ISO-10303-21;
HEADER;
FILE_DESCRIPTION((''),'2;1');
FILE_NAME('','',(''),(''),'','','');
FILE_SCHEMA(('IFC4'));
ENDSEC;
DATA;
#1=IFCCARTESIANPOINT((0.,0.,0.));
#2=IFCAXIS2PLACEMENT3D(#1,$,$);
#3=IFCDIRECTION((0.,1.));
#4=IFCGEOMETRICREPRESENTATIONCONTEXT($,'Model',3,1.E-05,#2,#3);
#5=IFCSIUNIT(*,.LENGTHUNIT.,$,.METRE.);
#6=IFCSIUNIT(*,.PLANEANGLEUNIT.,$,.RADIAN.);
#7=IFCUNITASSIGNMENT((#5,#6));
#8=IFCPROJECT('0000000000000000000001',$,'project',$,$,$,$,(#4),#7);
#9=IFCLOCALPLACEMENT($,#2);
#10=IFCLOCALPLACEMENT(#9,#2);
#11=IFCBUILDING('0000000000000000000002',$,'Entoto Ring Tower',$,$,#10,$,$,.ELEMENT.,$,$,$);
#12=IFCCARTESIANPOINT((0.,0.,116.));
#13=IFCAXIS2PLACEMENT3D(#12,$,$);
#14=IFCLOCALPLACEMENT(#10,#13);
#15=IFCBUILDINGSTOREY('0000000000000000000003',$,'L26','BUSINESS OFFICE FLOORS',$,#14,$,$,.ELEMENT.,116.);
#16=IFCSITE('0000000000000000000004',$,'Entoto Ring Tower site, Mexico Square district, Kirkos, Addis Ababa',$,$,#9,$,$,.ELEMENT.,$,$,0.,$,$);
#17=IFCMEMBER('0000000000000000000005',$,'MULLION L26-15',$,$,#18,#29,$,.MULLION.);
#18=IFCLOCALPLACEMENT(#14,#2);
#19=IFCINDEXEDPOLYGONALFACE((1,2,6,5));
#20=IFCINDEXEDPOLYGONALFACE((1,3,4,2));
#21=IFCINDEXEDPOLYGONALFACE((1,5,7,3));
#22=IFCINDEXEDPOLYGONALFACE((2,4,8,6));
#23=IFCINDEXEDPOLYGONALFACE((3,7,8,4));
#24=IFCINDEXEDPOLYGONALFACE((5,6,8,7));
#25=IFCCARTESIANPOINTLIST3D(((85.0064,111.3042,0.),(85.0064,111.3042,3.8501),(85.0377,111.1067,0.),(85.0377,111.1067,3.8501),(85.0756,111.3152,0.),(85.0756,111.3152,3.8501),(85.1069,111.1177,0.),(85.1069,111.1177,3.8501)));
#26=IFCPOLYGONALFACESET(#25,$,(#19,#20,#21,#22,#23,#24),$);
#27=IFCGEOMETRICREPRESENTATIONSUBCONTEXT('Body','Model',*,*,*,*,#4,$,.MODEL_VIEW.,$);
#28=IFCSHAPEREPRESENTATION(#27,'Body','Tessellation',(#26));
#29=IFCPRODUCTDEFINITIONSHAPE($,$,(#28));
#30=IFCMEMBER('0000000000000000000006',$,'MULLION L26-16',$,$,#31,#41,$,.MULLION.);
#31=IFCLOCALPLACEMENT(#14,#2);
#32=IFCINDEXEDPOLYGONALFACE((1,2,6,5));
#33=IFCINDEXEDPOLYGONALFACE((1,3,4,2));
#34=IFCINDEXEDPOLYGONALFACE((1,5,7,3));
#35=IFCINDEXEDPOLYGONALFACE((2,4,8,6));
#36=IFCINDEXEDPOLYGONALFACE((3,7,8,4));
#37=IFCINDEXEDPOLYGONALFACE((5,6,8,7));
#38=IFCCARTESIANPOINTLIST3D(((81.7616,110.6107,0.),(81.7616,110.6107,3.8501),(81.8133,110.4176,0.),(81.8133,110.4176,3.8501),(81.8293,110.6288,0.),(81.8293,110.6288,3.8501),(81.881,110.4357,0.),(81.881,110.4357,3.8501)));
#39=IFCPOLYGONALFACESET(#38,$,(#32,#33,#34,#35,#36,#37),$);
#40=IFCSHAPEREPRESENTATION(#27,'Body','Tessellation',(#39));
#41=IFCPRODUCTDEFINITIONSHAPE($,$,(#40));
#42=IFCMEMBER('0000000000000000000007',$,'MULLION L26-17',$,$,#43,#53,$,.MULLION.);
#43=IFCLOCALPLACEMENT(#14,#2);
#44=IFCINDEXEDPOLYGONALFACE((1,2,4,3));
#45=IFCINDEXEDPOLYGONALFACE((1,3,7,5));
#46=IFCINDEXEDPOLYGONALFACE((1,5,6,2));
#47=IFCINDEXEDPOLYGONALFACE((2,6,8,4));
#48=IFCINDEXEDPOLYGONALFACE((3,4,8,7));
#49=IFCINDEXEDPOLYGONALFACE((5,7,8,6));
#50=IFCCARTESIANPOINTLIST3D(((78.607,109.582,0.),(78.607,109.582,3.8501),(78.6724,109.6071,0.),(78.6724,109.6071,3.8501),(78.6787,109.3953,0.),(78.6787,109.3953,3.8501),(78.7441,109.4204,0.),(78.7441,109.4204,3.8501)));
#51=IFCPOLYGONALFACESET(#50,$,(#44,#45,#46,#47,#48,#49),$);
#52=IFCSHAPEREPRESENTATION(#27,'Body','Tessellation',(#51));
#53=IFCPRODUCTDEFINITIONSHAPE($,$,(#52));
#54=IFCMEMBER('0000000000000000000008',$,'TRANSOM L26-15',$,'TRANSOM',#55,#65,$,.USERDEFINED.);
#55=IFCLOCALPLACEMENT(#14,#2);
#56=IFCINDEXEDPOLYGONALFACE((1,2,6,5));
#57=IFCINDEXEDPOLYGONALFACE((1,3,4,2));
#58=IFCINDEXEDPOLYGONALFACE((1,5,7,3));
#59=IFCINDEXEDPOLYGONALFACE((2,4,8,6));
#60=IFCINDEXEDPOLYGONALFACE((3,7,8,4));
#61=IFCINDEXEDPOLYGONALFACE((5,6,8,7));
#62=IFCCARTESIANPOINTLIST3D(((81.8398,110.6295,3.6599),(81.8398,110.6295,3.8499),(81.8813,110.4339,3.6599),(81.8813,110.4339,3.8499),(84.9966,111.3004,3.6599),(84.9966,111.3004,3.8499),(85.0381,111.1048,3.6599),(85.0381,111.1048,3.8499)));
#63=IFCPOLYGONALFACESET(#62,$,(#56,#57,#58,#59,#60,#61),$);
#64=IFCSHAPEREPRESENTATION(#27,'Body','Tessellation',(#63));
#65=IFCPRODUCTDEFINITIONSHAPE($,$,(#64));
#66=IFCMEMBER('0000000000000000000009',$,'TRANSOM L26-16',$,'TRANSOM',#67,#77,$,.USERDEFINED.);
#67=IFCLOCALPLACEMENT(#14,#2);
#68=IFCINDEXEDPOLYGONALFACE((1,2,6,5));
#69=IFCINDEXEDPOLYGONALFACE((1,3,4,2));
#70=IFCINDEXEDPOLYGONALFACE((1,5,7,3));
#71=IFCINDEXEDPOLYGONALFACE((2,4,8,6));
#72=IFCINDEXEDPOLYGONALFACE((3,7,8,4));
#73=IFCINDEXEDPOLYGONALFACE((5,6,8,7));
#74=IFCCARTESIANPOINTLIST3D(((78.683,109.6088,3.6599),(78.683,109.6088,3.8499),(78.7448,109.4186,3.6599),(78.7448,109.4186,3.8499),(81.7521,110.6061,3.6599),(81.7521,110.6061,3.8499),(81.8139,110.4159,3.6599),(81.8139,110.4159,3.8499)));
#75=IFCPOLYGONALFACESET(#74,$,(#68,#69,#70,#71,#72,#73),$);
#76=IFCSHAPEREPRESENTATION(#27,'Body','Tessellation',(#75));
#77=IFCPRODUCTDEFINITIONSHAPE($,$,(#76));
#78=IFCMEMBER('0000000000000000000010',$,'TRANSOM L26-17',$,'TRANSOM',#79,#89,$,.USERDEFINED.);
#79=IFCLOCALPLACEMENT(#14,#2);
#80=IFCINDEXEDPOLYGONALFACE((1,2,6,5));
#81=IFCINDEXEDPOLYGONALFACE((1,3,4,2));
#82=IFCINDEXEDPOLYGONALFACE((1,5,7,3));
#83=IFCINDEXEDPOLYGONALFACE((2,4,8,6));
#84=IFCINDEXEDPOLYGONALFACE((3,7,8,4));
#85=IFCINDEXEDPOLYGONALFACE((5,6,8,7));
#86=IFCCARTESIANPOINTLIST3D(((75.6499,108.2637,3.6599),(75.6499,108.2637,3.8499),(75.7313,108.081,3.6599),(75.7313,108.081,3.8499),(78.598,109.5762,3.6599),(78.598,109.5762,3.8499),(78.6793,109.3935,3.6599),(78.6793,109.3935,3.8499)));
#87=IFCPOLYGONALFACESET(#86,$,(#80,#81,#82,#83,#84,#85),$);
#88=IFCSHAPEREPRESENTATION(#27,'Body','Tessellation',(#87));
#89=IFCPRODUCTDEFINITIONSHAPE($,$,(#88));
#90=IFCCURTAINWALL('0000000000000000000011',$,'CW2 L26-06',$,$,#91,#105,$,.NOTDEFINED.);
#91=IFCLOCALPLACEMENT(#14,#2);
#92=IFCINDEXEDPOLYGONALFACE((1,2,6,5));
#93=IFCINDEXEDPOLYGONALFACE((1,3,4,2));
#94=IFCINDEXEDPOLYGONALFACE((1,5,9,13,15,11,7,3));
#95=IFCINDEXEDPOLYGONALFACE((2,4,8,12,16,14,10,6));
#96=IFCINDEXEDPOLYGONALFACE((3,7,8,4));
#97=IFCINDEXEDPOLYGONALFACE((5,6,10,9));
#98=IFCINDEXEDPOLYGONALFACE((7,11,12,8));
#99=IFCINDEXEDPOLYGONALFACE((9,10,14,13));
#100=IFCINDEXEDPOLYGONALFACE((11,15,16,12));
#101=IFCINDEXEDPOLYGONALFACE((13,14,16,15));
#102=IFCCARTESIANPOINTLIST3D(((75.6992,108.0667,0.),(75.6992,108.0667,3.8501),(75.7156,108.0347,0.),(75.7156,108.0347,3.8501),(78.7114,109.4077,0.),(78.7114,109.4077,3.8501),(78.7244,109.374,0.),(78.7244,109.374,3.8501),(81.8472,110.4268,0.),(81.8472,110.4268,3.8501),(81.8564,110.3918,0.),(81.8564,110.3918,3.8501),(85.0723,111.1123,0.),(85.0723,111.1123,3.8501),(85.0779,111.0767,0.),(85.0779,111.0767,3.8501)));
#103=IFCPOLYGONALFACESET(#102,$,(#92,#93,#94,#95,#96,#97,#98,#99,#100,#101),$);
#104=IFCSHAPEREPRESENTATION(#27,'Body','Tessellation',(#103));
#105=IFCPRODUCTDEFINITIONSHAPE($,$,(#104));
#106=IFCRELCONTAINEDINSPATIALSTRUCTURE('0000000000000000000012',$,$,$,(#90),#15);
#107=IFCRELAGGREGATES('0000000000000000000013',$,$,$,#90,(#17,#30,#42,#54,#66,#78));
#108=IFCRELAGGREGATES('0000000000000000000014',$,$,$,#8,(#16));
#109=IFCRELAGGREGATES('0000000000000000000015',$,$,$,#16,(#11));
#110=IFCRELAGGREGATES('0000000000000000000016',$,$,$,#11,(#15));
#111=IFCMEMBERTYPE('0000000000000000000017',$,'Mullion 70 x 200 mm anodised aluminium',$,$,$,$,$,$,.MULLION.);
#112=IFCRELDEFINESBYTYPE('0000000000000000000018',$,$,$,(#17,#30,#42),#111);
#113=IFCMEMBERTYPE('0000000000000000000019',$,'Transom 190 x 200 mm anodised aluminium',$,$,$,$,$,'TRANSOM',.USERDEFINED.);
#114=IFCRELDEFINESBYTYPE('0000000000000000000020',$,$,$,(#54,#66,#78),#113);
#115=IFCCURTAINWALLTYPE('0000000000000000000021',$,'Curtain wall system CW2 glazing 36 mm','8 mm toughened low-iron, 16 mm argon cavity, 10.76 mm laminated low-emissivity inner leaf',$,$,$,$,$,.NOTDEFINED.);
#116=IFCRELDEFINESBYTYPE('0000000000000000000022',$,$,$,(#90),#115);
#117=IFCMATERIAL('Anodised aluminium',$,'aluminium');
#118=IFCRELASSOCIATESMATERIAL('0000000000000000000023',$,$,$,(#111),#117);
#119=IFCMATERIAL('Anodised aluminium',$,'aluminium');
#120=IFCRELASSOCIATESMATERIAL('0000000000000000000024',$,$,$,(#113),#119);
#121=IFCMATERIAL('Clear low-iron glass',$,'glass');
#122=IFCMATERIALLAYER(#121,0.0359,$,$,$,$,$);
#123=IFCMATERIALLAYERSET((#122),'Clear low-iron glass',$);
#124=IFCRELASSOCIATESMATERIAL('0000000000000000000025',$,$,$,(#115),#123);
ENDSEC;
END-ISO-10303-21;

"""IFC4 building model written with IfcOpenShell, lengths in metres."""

from ifc_helpers import new_model, si_unit, direction, frame, origin, origin_2d, place, context, subcontext, project, spatial, polyline, rectangle, outline, extrude, material, layer, layer_set, material_profile, profile_set, type_object, element, aggregate, save


model = new_model("IFC4")

# Units and contexts
model_context = context("Model", 3, precision=1e-05, world=origin(), true_north=direction((0.0, 1.0)))
body_context = subcontext(model_context, "Body", "Model", "MODEL_VIEW")
ifc_project = project(units=[si_unit("LENGTHUNIT", "METRE"), si_unit("PLANEANGLEUNIT", "RADIAN")], contexts=[model_context])

# Members
ifc_material_1 = material(Name="Anodised aluminium", Category="aluminium")
ifc_material_profile_1 = material_profile(ifc_material_1, rectangle(XDim=0.0701, YDim=0.2, at=origin_2d()), Name="Mullion 70 x 200 mm anodised aluminium")
ifc_profile_set_1 = profile_set([ifc_material_profile_1], Name="Anodised aluminium")
member_type_1 = type_object("IfcMemberType", Name="Mullion 70 x 200 mm anodised aluminium", PredefinedType="MULLION", material=ifc_profile_set_1)
site_placement = place(None, origin())
building_placement = place(site_placement, origin())
storey_placement = place(building_placement, frame((0.0, 0.0, 116.0)))
member_1_placement = place(storey_placement, frame((85.0566, 111.2109, 0.0), z_axis=(0.0, 0.0, 1.0), x_axis=(-0.987688, -0.156434, 0.0)))
member_1 = element("IfcMember", 1, at=member_1_placement, type_object=member_type_1, Name="MULLION L26-15", PredefinedType="MULLION", context=body_context, shape_type="SweptSolid", body=[
    extrude(rectangle(XDim=0.0701, YDim=0.2, at=origin_2d()), origin(), (0.0, 0.0, 1.0), 3.8501),
])
member_2_placement = place(storey_placement, frame((81.8213, 110.5232, 0.0), z_axis=(0.0, 0.0, 1.0), x_axis=(-0.965926, -0.258819, 0.0)))
member_2 = element("IfcMember", 2, at=member_2_placement, type_object=member_type_1, Name="MULLION L26-16", PredefinedType="MULLION", context=body_context, shape_type="SweptSolid", body=[
    extrude(rectangle(XDim=0.0701, YDim=0.2, at=origin_2d()), origin(), (0.0, 0.0, 1.0), 3.8501),
])
member_3_placement = place(storey_placement, frame((78.6755, 109.5012, 0.0), z_axis=(0.0, 0.0, 1.0), x_axis=(-0.93358, -0.358368, 0.0)))
member_3 = element("IfcMember", 3, at=member_3_placement, type_object=member_type_1, Name="MULLION L26-17", PredefinedType="MULLION", context=body_context, shape_type="SweptSolid", body=[
    extrude(rectangle(XDim=0.0701, YDim=0.2, at=origin_2d()), origin(), (0.0, 0.0, 1.0), 3.8501),
])
ifc_material_2 = material(Name="Anodised aluminium", Category="aluminium")
ifc_material_profile_2 = material_profile(ifc_material_2, rectangle(XDim=0.2, YDim=0.1899, at=origin_2d()), Name="Transom 190 x 200 mm anodised aluminium")
ifc_profile_set_2 = profile_set([ifc_material_profile_2], Name="Anodised aluminium")
member_type_2 = type_object("IfcMemberType", Name="Transom 190 x 200 mm anodised aluminium", ElementType="TRANSOM", PredefinedType="USERDEFINED", material=ifc_profile_set_2)
member_4_placement = place(storey_placement, frame((85.0173, 111.2026, 3.7549), z_axis=(-0.978153, -0.207886, 0.0), x_axis=(0.207886, -0.978153, 0.0)))
member_4 = element("IfcMember", 4, at=member_4_placement, type_object=member_type_2, Name="TRANSOM L26-15", ObjectType="TRANSOM", PredefinedType="USERDEFINED", context=body_context, shape_type="SweptSolid", body=[
    extrude(rectangle(XDim=0.2, YDim=0.1899, at=origin_2d()), origin(), (0.0, 0.0, 1.0), 3.2273),
])
member_5_placement = place(storey_placement, frame((81.783, 110.511, 3.7549), z_axis=(-0.951047, -0.309047, 0.0), x_axis=(0.309047, -0.951047, 0.0)))
member_5 = element("IfcMember", 5, at=member_5_placement, type_object=member_type_2, Name="TRANSOM L26-16", ObjectType="TRANSOM", PredefinedType="USERDEFINED", context=body_context, shape_type="SweptSolid", body=[
    extrude(rectangle(XDim=0.2, YDim=0.1899, at=origin_2d()), origin(), (0.0, 0.0, 1.0), 3.2271),
])
member_6_placement = place(storey_placement, frame((78.6387, 109.4849, 3.7549), z_axis=(-0.913549, -0.406728, 0.0), x_axis=(0.406728, -0.913549, 0.0)))
member_6 = element("IfcMember", 6, at=member_6_placement, type_object=member_type_2, Name="TRANSOM L26-17", ObjectType="TRANSOM", PredefinedType="USERDEFINED", context=body_context, shape_type="SweptSolid", body=[
    extrude(rectangle(XDim=0.2, YDim=0.1899, at=origin_2d()), origin(), (0.0, 0.0, 1.0), 3.2271),
])

# Site, building, storey
site = spatial("IfcSite", under=ifc_project, at=site_placement, Name="Entoto Ring Tower site, Mexico Square district, Kirkos, Addis Ababa", CompositionType="ELEMENT", RefElevation=0.0)
building = spatial("IfcBuilding", under=site, at=building_placement, Name="Entoto Ring Tower", CompositionType="ELEMENT")
storey = spatial("IfcBuildingStorey", under=building, at=storey_placement, Name="L26", Description="BUSINESS OFFICE FLOORS", CompositionType="ELEMENT", Elevation=116.0)

# Curtain wall
ifc_material_3 = material(Name="Clear low-iron glass", Category="glass")
ifc_layer = layer(ifc_material_3, 0.0359)
ifc_layer_set = layer_set([ifc_layer], Name="Clear low-iron glass")
curtain_wall_type = type_object("IfcCurtainWallType", Name="Curtain wall system CW2 glazing 36 mm", Description="8 mm toughened low-iron, 16 mm argon cavity, 10.76 mm laminated low-emissivity inner leaf", PredefinedType="NOTDEFINED", material=ifc_layer_set)
curtain_wall_1_placement = place(storey_placement, origin())
curtain_wall_1 = element("IfcCurtainWall", 7, at=curtain_wall_1_placement, inside=storey, type_object=curtain_wall_type, Name="CW2 L26-06", PredefinedType="NOTDEFINED", context=body_context, shape_type="SweptSolid", body=[
    extrude(outline(polyline([(85.0723, 111.1123), (81.8472, 110.4268), (78.7114, 109.4077), (75.6992, 108.0667), (75.7156, 108.0347), (78.7244, 109.374), (81.8564, 110.3918), (85.0779, 111.0767), (85.0723, 111.1123)])), origin(), (0.0, 0.0, 1.0), 3.8501),
])
aggregate(curtain_wall_1, [member_1, member_2, member_3, member_4, member_5, member_6])

save(model, "model.ifc")
